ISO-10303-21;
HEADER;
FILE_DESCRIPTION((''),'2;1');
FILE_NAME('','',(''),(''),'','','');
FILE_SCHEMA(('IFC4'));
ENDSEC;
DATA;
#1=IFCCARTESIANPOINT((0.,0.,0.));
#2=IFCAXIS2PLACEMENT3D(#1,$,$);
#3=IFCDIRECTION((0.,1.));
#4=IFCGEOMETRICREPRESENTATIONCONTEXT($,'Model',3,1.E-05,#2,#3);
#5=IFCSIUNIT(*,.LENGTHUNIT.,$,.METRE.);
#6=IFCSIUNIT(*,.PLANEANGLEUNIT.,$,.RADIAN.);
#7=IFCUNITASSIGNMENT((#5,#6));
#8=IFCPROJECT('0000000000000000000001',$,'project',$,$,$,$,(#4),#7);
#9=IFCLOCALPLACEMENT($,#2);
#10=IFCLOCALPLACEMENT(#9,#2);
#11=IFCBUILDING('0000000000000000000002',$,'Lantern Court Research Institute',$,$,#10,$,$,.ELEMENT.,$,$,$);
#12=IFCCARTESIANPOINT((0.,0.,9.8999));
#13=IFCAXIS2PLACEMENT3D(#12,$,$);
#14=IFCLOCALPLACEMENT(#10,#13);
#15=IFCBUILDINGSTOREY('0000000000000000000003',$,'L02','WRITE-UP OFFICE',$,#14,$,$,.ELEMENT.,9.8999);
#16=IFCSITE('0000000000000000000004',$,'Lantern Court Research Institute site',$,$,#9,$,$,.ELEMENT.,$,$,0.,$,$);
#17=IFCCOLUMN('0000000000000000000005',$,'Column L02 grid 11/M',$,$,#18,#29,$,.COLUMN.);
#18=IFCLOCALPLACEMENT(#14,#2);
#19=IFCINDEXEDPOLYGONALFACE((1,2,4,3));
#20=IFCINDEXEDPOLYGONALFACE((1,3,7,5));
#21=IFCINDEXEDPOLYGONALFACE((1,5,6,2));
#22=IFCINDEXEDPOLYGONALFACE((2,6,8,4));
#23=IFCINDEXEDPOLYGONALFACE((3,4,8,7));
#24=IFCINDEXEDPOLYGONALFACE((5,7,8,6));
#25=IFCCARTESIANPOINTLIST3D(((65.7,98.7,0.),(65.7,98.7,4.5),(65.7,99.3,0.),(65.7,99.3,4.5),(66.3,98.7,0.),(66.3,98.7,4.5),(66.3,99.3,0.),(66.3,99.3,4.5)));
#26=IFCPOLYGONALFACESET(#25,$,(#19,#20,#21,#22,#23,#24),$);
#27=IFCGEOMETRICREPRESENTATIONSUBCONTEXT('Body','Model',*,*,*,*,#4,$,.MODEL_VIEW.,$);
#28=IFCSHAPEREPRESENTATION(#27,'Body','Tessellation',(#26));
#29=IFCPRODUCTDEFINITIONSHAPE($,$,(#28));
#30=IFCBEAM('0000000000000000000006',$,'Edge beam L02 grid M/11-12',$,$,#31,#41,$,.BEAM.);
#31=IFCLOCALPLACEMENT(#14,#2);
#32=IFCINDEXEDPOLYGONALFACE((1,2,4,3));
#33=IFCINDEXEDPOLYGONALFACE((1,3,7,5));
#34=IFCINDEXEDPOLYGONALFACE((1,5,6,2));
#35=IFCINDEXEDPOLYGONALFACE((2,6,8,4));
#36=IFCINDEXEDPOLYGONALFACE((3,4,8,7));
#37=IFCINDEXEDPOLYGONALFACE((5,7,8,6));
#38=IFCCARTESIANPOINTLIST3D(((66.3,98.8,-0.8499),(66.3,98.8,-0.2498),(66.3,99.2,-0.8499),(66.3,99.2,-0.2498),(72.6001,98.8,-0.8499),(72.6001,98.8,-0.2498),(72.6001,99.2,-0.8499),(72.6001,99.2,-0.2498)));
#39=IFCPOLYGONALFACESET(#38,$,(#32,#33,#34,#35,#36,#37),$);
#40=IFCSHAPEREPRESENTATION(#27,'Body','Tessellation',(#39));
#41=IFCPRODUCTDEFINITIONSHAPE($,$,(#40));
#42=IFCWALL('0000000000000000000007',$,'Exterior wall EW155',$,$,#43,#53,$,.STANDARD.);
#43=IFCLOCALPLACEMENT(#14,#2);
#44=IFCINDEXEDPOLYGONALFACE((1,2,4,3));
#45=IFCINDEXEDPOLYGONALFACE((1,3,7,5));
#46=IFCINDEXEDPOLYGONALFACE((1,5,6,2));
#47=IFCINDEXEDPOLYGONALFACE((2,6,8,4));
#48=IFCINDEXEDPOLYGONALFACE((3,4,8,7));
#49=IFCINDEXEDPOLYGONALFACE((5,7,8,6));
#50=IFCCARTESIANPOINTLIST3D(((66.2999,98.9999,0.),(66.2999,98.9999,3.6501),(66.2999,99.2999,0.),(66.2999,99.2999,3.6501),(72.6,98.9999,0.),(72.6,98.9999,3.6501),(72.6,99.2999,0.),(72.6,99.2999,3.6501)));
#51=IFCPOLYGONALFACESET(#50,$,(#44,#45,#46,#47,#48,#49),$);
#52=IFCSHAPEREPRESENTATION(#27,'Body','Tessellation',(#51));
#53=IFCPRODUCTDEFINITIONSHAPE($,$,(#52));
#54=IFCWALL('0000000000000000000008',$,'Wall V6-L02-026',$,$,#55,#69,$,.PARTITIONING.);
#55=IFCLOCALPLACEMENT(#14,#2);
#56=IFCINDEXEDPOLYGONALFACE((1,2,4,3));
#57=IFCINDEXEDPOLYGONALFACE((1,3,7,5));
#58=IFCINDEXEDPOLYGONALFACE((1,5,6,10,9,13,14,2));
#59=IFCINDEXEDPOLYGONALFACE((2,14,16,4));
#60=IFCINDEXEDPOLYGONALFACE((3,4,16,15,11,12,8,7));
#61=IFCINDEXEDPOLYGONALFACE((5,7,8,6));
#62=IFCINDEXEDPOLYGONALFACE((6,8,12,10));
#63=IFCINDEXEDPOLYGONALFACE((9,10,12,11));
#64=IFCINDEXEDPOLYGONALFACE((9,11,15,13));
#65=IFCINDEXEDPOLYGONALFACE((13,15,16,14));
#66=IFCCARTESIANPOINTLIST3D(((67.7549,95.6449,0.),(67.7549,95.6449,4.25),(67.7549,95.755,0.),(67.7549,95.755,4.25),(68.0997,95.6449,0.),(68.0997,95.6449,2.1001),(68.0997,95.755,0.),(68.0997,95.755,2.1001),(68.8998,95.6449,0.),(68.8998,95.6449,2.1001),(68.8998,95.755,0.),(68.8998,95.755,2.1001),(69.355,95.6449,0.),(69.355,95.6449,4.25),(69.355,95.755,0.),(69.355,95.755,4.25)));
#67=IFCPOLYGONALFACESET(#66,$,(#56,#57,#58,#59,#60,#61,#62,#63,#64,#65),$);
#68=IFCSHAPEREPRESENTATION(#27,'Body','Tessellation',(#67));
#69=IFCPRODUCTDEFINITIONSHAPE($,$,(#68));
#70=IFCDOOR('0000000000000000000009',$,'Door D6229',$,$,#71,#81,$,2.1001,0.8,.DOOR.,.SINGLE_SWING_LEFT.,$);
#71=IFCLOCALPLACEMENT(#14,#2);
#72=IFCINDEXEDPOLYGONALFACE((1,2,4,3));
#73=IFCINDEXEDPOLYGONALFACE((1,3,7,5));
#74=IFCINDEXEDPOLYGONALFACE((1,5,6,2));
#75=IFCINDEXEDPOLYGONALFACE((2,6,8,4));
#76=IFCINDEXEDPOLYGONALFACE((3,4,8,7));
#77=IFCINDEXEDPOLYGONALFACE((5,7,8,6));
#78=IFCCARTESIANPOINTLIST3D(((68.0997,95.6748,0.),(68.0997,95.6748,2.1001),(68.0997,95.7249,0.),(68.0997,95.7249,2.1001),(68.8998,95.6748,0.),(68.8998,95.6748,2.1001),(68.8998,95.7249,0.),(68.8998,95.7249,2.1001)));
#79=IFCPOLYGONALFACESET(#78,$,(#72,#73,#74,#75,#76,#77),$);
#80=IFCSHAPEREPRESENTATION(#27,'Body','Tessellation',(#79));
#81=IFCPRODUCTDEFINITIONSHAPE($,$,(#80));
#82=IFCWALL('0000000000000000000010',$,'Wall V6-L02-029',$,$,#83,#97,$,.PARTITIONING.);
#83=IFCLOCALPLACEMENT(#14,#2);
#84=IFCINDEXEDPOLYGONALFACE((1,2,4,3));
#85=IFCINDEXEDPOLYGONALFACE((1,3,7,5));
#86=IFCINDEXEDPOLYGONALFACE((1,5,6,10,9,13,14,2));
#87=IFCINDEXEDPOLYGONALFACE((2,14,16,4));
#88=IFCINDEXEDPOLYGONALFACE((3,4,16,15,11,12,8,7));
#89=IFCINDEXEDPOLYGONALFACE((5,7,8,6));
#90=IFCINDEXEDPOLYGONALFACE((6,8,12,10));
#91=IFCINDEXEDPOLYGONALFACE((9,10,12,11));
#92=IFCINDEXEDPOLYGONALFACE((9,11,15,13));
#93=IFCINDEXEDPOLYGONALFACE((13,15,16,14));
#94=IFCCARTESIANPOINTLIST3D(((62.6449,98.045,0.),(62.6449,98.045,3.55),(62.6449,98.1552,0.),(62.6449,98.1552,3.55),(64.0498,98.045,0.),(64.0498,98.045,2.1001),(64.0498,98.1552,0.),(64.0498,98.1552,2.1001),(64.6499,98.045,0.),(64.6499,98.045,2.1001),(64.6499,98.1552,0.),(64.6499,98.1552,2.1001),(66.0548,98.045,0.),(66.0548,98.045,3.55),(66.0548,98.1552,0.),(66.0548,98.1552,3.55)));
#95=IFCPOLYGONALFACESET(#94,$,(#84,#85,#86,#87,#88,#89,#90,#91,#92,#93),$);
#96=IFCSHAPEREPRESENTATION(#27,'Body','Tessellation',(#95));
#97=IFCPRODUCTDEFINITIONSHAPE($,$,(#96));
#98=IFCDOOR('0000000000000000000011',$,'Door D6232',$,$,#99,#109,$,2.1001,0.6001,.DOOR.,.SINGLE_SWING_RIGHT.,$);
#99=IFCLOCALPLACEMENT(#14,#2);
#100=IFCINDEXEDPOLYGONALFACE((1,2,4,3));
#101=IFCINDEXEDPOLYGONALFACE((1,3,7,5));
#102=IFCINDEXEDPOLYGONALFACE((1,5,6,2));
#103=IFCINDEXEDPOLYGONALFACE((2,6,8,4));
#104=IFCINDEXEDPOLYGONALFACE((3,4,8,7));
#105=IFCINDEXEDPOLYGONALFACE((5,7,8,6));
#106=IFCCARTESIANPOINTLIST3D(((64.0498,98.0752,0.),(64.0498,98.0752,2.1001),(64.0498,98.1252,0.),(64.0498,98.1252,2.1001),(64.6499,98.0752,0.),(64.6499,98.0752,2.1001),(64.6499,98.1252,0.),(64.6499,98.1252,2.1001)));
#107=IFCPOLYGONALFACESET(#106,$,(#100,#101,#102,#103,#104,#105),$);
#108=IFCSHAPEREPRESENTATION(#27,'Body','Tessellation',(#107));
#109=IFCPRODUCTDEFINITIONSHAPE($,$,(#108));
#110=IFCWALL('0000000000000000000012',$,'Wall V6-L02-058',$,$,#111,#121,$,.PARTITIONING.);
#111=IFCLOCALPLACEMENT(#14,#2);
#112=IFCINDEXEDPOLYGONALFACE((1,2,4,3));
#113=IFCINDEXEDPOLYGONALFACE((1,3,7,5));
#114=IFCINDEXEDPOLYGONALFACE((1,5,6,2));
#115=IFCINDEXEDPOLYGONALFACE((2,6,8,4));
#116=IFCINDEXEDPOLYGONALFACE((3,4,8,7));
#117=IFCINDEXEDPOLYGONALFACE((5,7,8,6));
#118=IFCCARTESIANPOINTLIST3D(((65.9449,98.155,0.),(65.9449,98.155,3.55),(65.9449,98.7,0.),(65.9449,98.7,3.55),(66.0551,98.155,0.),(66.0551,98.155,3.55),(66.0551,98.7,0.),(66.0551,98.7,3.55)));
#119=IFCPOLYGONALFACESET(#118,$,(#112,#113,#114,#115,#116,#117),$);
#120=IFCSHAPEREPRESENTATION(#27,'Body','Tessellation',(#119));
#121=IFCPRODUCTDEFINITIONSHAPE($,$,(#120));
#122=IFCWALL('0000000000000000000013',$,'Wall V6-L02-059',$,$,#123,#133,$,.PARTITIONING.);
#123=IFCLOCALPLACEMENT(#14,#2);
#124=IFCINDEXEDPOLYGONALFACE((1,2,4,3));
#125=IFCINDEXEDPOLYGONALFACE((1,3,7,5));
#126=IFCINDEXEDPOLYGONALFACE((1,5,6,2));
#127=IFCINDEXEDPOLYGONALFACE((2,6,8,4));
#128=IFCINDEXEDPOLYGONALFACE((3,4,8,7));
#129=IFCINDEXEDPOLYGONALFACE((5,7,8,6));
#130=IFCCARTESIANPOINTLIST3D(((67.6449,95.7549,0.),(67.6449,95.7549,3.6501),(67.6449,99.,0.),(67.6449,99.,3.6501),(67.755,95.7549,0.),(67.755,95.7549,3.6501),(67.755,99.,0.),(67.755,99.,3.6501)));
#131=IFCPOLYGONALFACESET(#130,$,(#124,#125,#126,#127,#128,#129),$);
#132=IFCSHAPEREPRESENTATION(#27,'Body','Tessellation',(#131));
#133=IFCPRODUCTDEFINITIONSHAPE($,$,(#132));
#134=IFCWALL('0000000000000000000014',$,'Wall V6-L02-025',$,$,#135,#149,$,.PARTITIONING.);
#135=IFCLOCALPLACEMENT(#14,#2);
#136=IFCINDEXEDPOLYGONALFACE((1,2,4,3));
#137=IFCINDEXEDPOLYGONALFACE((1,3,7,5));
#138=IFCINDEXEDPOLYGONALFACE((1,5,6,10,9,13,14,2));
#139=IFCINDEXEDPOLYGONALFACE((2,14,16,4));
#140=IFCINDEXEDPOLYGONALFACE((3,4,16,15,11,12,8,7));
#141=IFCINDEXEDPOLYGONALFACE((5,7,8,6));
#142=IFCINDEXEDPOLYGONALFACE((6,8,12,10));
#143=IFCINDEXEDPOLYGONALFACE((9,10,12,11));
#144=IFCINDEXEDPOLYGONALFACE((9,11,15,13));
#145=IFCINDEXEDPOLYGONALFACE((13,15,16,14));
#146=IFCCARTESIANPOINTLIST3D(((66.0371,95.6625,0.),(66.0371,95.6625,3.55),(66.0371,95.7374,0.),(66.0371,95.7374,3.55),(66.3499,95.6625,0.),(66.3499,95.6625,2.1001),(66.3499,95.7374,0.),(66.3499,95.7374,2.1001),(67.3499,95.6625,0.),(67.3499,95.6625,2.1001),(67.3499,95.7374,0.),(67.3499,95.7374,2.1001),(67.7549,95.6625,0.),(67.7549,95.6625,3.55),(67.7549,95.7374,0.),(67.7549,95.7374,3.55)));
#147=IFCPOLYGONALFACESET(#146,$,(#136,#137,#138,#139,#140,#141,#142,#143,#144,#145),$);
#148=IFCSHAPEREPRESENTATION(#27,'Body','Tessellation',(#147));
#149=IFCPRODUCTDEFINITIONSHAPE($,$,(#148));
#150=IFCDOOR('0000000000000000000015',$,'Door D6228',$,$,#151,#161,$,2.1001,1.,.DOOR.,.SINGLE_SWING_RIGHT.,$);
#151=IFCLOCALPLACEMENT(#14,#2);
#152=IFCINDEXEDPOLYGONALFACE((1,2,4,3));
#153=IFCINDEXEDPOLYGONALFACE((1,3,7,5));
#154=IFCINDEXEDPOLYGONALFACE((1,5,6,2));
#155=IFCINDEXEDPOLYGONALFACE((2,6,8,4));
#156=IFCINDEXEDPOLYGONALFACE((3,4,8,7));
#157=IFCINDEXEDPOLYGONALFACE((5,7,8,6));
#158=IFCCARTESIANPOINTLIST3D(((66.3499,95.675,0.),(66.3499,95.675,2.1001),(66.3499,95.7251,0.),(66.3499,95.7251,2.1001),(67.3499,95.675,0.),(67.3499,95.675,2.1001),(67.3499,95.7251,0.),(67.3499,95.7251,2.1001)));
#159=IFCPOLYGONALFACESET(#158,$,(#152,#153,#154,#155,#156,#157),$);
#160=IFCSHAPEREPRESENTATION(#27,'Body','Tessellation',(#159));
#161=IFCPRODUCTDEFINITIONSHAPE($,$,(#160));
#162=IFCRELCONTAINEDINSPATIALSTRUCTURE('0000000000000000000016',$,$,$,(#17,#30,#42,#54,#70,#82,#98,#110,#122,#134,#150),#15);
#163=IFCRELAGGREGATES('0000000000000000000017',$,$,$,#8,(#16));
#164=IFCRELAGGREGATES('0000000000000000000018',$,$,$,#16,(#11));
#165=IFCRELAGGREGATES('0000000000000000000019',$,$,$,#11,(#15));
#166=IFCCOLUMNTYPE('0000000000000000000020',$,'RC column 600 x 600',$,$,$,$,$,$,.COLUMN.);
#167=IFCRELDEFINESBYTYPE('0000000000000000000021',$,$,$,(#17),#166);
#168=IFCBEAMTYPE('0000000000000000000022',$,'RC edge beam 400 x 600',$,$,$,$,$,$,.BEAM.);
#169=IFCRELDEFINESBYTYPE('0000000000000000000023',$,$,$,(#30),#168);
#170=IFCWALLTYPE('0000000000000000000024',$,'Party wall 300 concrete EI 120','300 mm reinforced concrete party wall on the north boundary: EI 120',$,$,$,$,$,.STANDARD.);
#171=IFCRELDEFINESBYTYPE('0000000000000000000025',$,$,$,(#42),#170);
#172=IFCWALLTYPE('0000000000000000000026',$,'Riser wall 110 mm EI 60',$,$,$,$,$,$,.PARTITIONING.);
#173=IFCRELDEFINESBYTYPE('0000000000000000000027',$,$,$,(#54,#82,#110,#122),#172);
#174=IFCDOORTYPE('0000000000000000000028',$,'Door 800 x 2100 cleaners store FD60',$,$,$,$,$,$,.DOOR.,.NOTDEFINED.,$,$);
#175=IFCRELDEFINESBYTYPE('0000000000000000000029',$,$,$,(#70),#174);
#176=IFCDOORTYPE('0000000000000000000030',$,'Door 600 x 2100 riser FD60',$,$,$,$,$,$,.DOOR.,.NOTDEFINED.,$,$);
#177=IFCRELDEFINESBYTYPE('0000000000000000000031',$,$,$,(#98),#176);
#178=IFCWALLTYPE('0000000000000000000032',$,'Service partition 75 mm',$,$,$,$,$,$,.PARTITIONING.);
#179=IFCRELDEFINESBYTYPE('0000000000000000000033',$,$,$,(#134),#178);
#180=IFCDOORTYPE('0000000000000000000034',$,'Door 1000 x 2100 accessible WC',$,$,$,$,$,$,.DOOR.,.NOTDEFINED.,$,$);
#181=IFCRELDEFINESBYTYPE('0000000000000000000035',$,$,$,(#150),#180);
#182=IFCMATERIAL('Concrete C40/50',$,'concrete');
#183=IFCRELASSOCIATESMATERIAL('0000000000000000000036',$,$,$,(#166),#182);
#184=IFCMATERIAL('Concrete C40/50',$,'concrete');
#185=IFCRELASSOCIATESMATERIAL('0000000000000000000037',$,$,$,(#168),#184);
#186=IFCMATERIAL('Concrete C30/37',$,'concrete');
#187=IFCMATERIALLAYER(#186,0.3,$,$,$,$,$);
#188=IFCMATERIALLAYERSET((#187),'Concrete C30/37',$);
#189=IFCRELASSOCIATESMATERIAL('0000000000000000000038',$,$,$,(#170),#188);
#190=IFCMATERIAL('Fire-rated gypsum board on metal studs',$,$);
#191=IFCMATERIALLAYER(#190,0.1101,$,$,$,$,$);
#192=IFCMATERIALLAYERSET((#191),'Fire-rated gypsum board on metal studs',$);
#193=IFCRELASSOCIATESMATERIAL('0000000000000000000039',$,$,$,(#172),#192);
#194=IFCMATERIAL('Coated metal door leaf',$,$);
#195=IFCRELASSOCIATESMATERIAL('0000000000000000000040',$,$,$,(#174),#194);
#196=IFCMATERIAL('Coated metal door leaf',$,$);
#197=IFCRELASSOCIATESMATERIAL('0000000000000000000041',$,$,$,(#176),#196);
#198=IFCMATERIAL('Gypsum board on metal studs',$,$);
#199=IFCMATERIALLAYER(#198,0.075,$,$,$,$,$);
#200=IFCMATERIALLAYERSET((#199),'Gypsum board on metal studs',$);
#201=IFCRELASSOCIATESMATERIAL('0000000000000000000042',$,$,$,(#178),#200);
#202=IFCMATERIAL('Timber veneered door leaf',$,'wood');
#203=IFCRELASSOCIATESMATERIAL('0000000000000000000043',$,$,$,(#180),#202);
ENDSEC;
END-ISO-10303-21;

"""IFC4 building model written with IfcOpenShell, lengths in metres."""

from ifc_helpers import new_model, si_unit, direction, frame, frame_2d, origin, origin_2d, place, context, subcontext, project, spatial, rectangle, extrude, material, layer, layer_set, material_profile, profile_set, type_object, element, fill, save


model = new_model("IFC4")

# Units and contexts
model_context = context("Model", 3, precision=1e-05, world=origin(), true_north=direction((0.0, 1.0)))
body_context = subcontext(model_context, "Body", "Model", "MODEL_VIEW")
ifc_project = project(units=[si_unit("LENGTHUNIT", "METRE"), si_unit("PLANEANGLEUNIT", "RADIAN")], contexts=[model_context])

# Site, building, storey
site_placement = place(None, origin())
site = spatial("IfcSite", under=ifc_project, at=site_placement, Name="Lantern Court Research Institute site", CompositionType="ELEMENT", RefElevation=0.0)
building_placement = place(site_placement, origin())
building = spatial("IfcBuilding", under=site, at=building_placement, Name="Lantern Court Research Institute", CompositionType="ELEMENT")
storey_placement = place(building_placement, frame((0.0, 0.0, 9.8999)))
storey = spatial("IfcBuildingStorey", under=building, at=storey_placement, Name="L02", Description="WRITE-UP OFFICE", CompositionType="ELEMENT", Elevation=9.8999)

# Column
ifc_material_1 = material(Name="Concrete C40/50", Category="concrete")
ifc_material_profile_1 = material_profile(ifc_material_1, rectangle(XDim=0.6001, YDim=0.6001, at=origin_2d()), Name="RC column 600 x 600")
ifc_profile_set_1 = profile_set([ifc_material_profile_1], Name="Concrete C40/50")
column_type = type_object("IfcColumnType", Name="RC column 600 x 600", PredefinedType="COLUMN", material=ifc_profile_set_1)
column_placement = place(storey_placement, frame((66.0, 99.0, 0.0), z_axis=(0.0, 0.0, 1.0), x_axis=(1.0, 0.0, 0.0)))
element("IfcColumn", 1, at=column_placement, inside=storey, type_object=column_type, Name="Column L02 grid 11/M", PredefinedType="COLUMN", context=body_context, shape_type="SweptSolid", body=[
    extrude(rectangle(XDim=0.6001, YDim=0.6001, at=origin_2d()), origin(), (0.0, 0.0, 1.0), 4.5),
])

# Beam
ifc_material_2 = material(Name="Concrete C40/50", Category="concrete")
ifc_material_profile_2 = material_profile(ifc_material_2, rectangle(XDim=0.3999, YDim=0.6001, at=origin_2d()), Name="RC beam 400 x 600")
ifc_profile_set_2 = profile_set([ifc_material_profile_2], Name="Concrete C40/50")
beam_type = type_object("IfcBeamType", Name="RC edge beam 400 x 600", PredefinedType="BEAM", material=ifc_profile_set_2)
beam_placement = place(storey_placement, frame((66.3, 99.0, -0.5498), z_axis=(1.0, 0.0, 0.0), x_axis=(0.0, 1.0, 0.0)))
element("IfcBeam", 2, at=beam_placement, inside=storey, type_object=beam_type, Name="Edge beam L02 grid M/11-12", PredefinedType="BEAM", context=body_context, shape_type="SweptSolid", body=[
    extrude(rectangle(XDim=0.3999, YDim=0.6001, at=origin_2d()), origin(), (0.0, 0.0, 1.0), 6.3),
])

# Wall
ifc_material_3 = material(Name="Concrete C30/37", Category="concrete")
ifc_layer_1 = layer(ifc_material_3, 0.3)
ifc_layer_set_1 = layer_set([ifc_layer_1], Name="Concrete C30/37")
wall_type_1 = type_object("IfcWallType", Name="Party wall 300 concrete EI 120", Description="300 mm reinforced concrete party wall on the north boundary: EI 120", PredefinedType="STANDARD", material=ifc_layer_set_1)
wall_1_placement = place(storey_placement, frame((66.3, 99.1499, 0.0), z_axis=(0.0, 0.0, 1.0), x_axis=(1.0, 0.0, 0.0)))
element("IfcWall", 3, at=wall_1_placement, inside=storey, type_object=wall_type_1, Name="Exterior wall EW155", PredefinedType="STANDARD", context=body_context, shape_type="SweptSolid", body=[
    extrude(rectangle(XDim=6.3, YDim=0.3, at=frame_2d((3.1499, 0.0))), origin(), (0.0, 0.0, 1.0), 3.6501),
])

# Walls, openings, doors
ifc_material_4 = material(Name="Fire-rated gypsum board on metal studs")
ifc_layer_2 = layer(ifc_material_4, 0.1101)
ifc_layer_set_2 = layer_set([ifc_layer_2], Name="Fire-rated gypsum board on metal studs")
wall_type_2 = type_object("IfcWallType", Name="Riser wall 110 mm EI 60", PredefinedType="PARTITIONING", material=ifc_layer_set_2)
wall_2_placement = place(storey_placement, frame((67.7549, 95.7, 0.0), z_axis=(0.0, 0.0, 1.0), x_axis=(1.0, 0.0, 0.0)))
wall_2 = element("IfcWall", 4, at=wall_2_placement, inside=storey, type_object=wall_type_2, Name="Wall V6-L02-026", PredefinedType="PARTITIONING", context=body_context, shape_type="SweptSolid", body=[
    extrude(rectangle(XDim=1.6001, YDim=0.1101, at=frame_2d((0.8, 0.0))), origin(), (0.0, 0.0, 1.0), 4.25),
])
opening_1_placement = place(wall_2_placement, frame((0.345, 0.0, 0.0)))
opening_1 = element("IfcOpeningElement", 5, at=opening_1_placement, cuts=wall_2, PredefinedType="OPENING", context=body_context, shape_type="SweptSolid", body=[
    extrude(rectangle(XDim=0.8, YDim=2.1001, at=frame_2d((0.3999, 1.05))), frame((0.0, 0.0649, 0.0), z_axis=(0.0, -1.0, 0.0), x_axis=(1.0, 0.0, 0.0)), (0.0, 0.0, 1.0), 0.1301),
])
ifc_material_5 = material(Name="Coated metal door leaf")
door_type_1 = type_object("IfcDoorType", Name="Door 800 x 2100 cleaners store FD60", OperationType="NOTDEFINED", PredefinedType="DOOR", material=ifc_material_5)
door_1_placement = place(opening_1_placement, origin())
door_1 = element("IfcDoor", 6, at=door_1_placement, inside=storey, type_object=door_type_1, Name="Door D6229", OperationType="SINGLE_SWING_LEFT", OverallHeight=2.1001, OverallWidth=0.8, PredefinedType="DOOR", context=body_context, shape_type="SweptSolid", body=[
    extrude(rectangle(XDim=0.8, YDim=2.1001, at=frame_2d((0.3999, 1.05))), frame((0.0, 0.0249, 0.0), z_axis=(0.0, -1.0, 0.0), x_axis=(1.0, 0.0, 0.0)), (0.0, 0.0, 1.0), 0.05),
])
fill(opening_1, door_1)
wall_3_placement = place(storey_placement, frame((66.0549, 98.1001, 0.0), z_axis=(0.0, 0.0, 1.0), x_axis=(-1.0, 0.0, 0.0)))
wall_3 = element("IfcWall", 7, at=wall_3_placement, inside=storey, type_object=wall_type_2, Name="Wall V6-L02-029", PredefinedType="PARTITIONING", context=body_context, shape_type="SweptSolid", body=[
    extrude(rectangle(XDim=3.4099, YDim=0.1101, at=frame_2d((1.7051, 0.0))), origin(), (0.0, 0.0, 1.0), 3.55),
])
opening_2_placement = place(wall_3_placement, frame((1.405, 0.0, 0.0)))
opening_2 = element("IfcOpeningElement", 8, at=opening_2_placement, cuts=wall_3, PredefinedType="OPENING", context=body_context, shape_type="SweptSolid", body=[
    extrude(rectangle(XDim=0.6001, YDim=2.1001, at=frame_2d((0.3, 1.05))), frame((0.0, 0.0649, 0.0), z_axis=(0.0, -1.0, 0.0), x_axis=(1.0, 0.0, 0.0)), (0.0, 0.0, 1.0), 0.1301),
])
ifc_material_6 = material(Name="Coated metal door leaf")
door_type_2 = type_object("IfcDoorType", Name="Door 600 x 2100 riser FD60", OperationType="NOTDEFINED", PredefinedType="DOOR", material=ifc_material_6)
door_2_placement = place(opening_2_placement, origin())
door_2 = element("IfcDoor", 9, at=door_2_placement, inside=storey, type_object=door_type_2, Name="Door D6232", OperationType="SINGLE_SWING_RIGHT", OverallHeight=2.1001, OverallWidth=0.6001, PredefinedType="DOOR", context=body_context, shape_type="SweptSolid", body=[
    extrude(rectangle(XDim=0.6001, YDim=2.1001, at=frame_2d((0.3, 1.05))), frame((0.0, 0.0249, 0.0), z_axis=(0.0, -1.0, 0.0), x_axis=(1.0, 0.0, 0.0)), (0.0, 0.0, 1.0), 0.05),
])
fill(opening_2, door_2)

# Walls
wall_4_placement = place(storey_placement, frame((66.0, 98.155, 0.0), z_axis=(0.0, 0.0, 1.0), x_axis=(0.0, 1.0, 0.0)))
element("IfcWall", 10, at=wall_4_placement, inside=storey, type_object=wall_type_2, Name="Wall V6-L02-058", PredefinedType="PARTITIONING", context=body_context, shape_type="SweptSolid", body=[
    extrude(rectangle(XDim=0.5449, YDim=0.1101, at=frame_2d((0.2725, 0.0))), origin(), (0.0, 0.0, 1.0), 3.55),
])
wall_5_placement = place(storey_placement, frame((67.7, 95.7549, 0.0), z_axis=(0.0, 0.0, 1.0), x_axis=(0.0, 1.0, 0.0)))
element("IfcWall", 11, at=wall_5_placement, inside=storey, type_object=wall_type_2, Name="Wall V6-L02-059", PredefinedType="PARTITIONING", context=body_context, shape_type="SweptSolid", body=[
    extrude(rectangle(XDim=3.2451, YDim=0.1101, at=frame_2d((1.6226, 0.0))), origin(), (0.0, 0.0, 1.0), 3.6501),
])

# Wall, opening, door
ifc_material_7 = material(Name="Gypsum board on metal studs")
ifc_layer_3 = layer(ifc_material_7, 0.075)
ifc_layer_set_3 = layer_set([ifc_layer_3], Name="Gypsum board on metal studs")
wall_type_3 = type_object("IfcWallType", Name="Service partition 75 mm", PredefinedType="PARTITIONING", material=ifc_layer_set_3)
wall_6_placement = place(storey_placement, frame((67.7549, 95.7, 0.0), z_axis=(0.0, 0.0, 1.0), x_axis=(-1.0, 0.0, 0.0)))
wall_6 = element("IfcWall", 12, at=wall_6_placement, inside=storey, type_object=wall_type_3, Name="Wall V6-L02-025", PredefinedType="PARTITIONING", context=body_context, shape_type="SweptSolid", body=[
    extrude(rectangle(XDim=1.7178, YDim=0.075, at=frame_2d((0.8589, 0.0))), origin(), (0.0, 0.0, 1.0), 3.55),
])
opening_3_placement = place(wall_6_placement, frame((0.405, 0.0, 0.0)))
opening_3 = element("IfcOpeningElement", 13, at=opening_3_placement, cuts=wall_6, PredefinedType="OPENING", context=body_context, shape_type="SweptSolid", body=[
    extrude(rectangle(XDim=1.0, YDim=2.1001, at=frame_2d((0.5, 1.05))), frame((0.0, 0.0474, 0.0), z_axis=(0.0, -1.0, 0.0), x_axis=(1.0, 0.0, 0.0)), (0.0, 0.0, 1.0), 0.095),
])
ifc_material_8 = material(Name="Timber veneered door leaf", Category="wood")
door_type_3 = type_object("IfcDoorType", Name="Door 1000 x 2100 accessible WC", OperationType="NOTDEFINED", PredefinedType="DOOR", material=ifc_material_8)
door_3_placement = place(opening_3_placement, origin())
door_3 = element("IfcDoor", 14, at=door_3_placement, inside=storey, type_object=door_type_3, Name="Door D6228", OperationType="SINGLE_SWING_RIGHT", OverallHeight=2.1001, OverallWidth=1.0, PredefinedType="DOOR", context=body_context, shape_type="SweptSolid", body=[
    extrude(rectangle(XDim=1.0, YDim=2.1001, at=frame_2d((0.5, 1.05))), frame((0.0, 0.0249, 0.0), z_axis=(0.0, -1.0, 0.0), x_axis=(1.0, 0.0, 0.0)), (0.0, 0.0, 1.0), 0.05),
])
fill(opening_3, door_3)

save(model, "model.ifc")
